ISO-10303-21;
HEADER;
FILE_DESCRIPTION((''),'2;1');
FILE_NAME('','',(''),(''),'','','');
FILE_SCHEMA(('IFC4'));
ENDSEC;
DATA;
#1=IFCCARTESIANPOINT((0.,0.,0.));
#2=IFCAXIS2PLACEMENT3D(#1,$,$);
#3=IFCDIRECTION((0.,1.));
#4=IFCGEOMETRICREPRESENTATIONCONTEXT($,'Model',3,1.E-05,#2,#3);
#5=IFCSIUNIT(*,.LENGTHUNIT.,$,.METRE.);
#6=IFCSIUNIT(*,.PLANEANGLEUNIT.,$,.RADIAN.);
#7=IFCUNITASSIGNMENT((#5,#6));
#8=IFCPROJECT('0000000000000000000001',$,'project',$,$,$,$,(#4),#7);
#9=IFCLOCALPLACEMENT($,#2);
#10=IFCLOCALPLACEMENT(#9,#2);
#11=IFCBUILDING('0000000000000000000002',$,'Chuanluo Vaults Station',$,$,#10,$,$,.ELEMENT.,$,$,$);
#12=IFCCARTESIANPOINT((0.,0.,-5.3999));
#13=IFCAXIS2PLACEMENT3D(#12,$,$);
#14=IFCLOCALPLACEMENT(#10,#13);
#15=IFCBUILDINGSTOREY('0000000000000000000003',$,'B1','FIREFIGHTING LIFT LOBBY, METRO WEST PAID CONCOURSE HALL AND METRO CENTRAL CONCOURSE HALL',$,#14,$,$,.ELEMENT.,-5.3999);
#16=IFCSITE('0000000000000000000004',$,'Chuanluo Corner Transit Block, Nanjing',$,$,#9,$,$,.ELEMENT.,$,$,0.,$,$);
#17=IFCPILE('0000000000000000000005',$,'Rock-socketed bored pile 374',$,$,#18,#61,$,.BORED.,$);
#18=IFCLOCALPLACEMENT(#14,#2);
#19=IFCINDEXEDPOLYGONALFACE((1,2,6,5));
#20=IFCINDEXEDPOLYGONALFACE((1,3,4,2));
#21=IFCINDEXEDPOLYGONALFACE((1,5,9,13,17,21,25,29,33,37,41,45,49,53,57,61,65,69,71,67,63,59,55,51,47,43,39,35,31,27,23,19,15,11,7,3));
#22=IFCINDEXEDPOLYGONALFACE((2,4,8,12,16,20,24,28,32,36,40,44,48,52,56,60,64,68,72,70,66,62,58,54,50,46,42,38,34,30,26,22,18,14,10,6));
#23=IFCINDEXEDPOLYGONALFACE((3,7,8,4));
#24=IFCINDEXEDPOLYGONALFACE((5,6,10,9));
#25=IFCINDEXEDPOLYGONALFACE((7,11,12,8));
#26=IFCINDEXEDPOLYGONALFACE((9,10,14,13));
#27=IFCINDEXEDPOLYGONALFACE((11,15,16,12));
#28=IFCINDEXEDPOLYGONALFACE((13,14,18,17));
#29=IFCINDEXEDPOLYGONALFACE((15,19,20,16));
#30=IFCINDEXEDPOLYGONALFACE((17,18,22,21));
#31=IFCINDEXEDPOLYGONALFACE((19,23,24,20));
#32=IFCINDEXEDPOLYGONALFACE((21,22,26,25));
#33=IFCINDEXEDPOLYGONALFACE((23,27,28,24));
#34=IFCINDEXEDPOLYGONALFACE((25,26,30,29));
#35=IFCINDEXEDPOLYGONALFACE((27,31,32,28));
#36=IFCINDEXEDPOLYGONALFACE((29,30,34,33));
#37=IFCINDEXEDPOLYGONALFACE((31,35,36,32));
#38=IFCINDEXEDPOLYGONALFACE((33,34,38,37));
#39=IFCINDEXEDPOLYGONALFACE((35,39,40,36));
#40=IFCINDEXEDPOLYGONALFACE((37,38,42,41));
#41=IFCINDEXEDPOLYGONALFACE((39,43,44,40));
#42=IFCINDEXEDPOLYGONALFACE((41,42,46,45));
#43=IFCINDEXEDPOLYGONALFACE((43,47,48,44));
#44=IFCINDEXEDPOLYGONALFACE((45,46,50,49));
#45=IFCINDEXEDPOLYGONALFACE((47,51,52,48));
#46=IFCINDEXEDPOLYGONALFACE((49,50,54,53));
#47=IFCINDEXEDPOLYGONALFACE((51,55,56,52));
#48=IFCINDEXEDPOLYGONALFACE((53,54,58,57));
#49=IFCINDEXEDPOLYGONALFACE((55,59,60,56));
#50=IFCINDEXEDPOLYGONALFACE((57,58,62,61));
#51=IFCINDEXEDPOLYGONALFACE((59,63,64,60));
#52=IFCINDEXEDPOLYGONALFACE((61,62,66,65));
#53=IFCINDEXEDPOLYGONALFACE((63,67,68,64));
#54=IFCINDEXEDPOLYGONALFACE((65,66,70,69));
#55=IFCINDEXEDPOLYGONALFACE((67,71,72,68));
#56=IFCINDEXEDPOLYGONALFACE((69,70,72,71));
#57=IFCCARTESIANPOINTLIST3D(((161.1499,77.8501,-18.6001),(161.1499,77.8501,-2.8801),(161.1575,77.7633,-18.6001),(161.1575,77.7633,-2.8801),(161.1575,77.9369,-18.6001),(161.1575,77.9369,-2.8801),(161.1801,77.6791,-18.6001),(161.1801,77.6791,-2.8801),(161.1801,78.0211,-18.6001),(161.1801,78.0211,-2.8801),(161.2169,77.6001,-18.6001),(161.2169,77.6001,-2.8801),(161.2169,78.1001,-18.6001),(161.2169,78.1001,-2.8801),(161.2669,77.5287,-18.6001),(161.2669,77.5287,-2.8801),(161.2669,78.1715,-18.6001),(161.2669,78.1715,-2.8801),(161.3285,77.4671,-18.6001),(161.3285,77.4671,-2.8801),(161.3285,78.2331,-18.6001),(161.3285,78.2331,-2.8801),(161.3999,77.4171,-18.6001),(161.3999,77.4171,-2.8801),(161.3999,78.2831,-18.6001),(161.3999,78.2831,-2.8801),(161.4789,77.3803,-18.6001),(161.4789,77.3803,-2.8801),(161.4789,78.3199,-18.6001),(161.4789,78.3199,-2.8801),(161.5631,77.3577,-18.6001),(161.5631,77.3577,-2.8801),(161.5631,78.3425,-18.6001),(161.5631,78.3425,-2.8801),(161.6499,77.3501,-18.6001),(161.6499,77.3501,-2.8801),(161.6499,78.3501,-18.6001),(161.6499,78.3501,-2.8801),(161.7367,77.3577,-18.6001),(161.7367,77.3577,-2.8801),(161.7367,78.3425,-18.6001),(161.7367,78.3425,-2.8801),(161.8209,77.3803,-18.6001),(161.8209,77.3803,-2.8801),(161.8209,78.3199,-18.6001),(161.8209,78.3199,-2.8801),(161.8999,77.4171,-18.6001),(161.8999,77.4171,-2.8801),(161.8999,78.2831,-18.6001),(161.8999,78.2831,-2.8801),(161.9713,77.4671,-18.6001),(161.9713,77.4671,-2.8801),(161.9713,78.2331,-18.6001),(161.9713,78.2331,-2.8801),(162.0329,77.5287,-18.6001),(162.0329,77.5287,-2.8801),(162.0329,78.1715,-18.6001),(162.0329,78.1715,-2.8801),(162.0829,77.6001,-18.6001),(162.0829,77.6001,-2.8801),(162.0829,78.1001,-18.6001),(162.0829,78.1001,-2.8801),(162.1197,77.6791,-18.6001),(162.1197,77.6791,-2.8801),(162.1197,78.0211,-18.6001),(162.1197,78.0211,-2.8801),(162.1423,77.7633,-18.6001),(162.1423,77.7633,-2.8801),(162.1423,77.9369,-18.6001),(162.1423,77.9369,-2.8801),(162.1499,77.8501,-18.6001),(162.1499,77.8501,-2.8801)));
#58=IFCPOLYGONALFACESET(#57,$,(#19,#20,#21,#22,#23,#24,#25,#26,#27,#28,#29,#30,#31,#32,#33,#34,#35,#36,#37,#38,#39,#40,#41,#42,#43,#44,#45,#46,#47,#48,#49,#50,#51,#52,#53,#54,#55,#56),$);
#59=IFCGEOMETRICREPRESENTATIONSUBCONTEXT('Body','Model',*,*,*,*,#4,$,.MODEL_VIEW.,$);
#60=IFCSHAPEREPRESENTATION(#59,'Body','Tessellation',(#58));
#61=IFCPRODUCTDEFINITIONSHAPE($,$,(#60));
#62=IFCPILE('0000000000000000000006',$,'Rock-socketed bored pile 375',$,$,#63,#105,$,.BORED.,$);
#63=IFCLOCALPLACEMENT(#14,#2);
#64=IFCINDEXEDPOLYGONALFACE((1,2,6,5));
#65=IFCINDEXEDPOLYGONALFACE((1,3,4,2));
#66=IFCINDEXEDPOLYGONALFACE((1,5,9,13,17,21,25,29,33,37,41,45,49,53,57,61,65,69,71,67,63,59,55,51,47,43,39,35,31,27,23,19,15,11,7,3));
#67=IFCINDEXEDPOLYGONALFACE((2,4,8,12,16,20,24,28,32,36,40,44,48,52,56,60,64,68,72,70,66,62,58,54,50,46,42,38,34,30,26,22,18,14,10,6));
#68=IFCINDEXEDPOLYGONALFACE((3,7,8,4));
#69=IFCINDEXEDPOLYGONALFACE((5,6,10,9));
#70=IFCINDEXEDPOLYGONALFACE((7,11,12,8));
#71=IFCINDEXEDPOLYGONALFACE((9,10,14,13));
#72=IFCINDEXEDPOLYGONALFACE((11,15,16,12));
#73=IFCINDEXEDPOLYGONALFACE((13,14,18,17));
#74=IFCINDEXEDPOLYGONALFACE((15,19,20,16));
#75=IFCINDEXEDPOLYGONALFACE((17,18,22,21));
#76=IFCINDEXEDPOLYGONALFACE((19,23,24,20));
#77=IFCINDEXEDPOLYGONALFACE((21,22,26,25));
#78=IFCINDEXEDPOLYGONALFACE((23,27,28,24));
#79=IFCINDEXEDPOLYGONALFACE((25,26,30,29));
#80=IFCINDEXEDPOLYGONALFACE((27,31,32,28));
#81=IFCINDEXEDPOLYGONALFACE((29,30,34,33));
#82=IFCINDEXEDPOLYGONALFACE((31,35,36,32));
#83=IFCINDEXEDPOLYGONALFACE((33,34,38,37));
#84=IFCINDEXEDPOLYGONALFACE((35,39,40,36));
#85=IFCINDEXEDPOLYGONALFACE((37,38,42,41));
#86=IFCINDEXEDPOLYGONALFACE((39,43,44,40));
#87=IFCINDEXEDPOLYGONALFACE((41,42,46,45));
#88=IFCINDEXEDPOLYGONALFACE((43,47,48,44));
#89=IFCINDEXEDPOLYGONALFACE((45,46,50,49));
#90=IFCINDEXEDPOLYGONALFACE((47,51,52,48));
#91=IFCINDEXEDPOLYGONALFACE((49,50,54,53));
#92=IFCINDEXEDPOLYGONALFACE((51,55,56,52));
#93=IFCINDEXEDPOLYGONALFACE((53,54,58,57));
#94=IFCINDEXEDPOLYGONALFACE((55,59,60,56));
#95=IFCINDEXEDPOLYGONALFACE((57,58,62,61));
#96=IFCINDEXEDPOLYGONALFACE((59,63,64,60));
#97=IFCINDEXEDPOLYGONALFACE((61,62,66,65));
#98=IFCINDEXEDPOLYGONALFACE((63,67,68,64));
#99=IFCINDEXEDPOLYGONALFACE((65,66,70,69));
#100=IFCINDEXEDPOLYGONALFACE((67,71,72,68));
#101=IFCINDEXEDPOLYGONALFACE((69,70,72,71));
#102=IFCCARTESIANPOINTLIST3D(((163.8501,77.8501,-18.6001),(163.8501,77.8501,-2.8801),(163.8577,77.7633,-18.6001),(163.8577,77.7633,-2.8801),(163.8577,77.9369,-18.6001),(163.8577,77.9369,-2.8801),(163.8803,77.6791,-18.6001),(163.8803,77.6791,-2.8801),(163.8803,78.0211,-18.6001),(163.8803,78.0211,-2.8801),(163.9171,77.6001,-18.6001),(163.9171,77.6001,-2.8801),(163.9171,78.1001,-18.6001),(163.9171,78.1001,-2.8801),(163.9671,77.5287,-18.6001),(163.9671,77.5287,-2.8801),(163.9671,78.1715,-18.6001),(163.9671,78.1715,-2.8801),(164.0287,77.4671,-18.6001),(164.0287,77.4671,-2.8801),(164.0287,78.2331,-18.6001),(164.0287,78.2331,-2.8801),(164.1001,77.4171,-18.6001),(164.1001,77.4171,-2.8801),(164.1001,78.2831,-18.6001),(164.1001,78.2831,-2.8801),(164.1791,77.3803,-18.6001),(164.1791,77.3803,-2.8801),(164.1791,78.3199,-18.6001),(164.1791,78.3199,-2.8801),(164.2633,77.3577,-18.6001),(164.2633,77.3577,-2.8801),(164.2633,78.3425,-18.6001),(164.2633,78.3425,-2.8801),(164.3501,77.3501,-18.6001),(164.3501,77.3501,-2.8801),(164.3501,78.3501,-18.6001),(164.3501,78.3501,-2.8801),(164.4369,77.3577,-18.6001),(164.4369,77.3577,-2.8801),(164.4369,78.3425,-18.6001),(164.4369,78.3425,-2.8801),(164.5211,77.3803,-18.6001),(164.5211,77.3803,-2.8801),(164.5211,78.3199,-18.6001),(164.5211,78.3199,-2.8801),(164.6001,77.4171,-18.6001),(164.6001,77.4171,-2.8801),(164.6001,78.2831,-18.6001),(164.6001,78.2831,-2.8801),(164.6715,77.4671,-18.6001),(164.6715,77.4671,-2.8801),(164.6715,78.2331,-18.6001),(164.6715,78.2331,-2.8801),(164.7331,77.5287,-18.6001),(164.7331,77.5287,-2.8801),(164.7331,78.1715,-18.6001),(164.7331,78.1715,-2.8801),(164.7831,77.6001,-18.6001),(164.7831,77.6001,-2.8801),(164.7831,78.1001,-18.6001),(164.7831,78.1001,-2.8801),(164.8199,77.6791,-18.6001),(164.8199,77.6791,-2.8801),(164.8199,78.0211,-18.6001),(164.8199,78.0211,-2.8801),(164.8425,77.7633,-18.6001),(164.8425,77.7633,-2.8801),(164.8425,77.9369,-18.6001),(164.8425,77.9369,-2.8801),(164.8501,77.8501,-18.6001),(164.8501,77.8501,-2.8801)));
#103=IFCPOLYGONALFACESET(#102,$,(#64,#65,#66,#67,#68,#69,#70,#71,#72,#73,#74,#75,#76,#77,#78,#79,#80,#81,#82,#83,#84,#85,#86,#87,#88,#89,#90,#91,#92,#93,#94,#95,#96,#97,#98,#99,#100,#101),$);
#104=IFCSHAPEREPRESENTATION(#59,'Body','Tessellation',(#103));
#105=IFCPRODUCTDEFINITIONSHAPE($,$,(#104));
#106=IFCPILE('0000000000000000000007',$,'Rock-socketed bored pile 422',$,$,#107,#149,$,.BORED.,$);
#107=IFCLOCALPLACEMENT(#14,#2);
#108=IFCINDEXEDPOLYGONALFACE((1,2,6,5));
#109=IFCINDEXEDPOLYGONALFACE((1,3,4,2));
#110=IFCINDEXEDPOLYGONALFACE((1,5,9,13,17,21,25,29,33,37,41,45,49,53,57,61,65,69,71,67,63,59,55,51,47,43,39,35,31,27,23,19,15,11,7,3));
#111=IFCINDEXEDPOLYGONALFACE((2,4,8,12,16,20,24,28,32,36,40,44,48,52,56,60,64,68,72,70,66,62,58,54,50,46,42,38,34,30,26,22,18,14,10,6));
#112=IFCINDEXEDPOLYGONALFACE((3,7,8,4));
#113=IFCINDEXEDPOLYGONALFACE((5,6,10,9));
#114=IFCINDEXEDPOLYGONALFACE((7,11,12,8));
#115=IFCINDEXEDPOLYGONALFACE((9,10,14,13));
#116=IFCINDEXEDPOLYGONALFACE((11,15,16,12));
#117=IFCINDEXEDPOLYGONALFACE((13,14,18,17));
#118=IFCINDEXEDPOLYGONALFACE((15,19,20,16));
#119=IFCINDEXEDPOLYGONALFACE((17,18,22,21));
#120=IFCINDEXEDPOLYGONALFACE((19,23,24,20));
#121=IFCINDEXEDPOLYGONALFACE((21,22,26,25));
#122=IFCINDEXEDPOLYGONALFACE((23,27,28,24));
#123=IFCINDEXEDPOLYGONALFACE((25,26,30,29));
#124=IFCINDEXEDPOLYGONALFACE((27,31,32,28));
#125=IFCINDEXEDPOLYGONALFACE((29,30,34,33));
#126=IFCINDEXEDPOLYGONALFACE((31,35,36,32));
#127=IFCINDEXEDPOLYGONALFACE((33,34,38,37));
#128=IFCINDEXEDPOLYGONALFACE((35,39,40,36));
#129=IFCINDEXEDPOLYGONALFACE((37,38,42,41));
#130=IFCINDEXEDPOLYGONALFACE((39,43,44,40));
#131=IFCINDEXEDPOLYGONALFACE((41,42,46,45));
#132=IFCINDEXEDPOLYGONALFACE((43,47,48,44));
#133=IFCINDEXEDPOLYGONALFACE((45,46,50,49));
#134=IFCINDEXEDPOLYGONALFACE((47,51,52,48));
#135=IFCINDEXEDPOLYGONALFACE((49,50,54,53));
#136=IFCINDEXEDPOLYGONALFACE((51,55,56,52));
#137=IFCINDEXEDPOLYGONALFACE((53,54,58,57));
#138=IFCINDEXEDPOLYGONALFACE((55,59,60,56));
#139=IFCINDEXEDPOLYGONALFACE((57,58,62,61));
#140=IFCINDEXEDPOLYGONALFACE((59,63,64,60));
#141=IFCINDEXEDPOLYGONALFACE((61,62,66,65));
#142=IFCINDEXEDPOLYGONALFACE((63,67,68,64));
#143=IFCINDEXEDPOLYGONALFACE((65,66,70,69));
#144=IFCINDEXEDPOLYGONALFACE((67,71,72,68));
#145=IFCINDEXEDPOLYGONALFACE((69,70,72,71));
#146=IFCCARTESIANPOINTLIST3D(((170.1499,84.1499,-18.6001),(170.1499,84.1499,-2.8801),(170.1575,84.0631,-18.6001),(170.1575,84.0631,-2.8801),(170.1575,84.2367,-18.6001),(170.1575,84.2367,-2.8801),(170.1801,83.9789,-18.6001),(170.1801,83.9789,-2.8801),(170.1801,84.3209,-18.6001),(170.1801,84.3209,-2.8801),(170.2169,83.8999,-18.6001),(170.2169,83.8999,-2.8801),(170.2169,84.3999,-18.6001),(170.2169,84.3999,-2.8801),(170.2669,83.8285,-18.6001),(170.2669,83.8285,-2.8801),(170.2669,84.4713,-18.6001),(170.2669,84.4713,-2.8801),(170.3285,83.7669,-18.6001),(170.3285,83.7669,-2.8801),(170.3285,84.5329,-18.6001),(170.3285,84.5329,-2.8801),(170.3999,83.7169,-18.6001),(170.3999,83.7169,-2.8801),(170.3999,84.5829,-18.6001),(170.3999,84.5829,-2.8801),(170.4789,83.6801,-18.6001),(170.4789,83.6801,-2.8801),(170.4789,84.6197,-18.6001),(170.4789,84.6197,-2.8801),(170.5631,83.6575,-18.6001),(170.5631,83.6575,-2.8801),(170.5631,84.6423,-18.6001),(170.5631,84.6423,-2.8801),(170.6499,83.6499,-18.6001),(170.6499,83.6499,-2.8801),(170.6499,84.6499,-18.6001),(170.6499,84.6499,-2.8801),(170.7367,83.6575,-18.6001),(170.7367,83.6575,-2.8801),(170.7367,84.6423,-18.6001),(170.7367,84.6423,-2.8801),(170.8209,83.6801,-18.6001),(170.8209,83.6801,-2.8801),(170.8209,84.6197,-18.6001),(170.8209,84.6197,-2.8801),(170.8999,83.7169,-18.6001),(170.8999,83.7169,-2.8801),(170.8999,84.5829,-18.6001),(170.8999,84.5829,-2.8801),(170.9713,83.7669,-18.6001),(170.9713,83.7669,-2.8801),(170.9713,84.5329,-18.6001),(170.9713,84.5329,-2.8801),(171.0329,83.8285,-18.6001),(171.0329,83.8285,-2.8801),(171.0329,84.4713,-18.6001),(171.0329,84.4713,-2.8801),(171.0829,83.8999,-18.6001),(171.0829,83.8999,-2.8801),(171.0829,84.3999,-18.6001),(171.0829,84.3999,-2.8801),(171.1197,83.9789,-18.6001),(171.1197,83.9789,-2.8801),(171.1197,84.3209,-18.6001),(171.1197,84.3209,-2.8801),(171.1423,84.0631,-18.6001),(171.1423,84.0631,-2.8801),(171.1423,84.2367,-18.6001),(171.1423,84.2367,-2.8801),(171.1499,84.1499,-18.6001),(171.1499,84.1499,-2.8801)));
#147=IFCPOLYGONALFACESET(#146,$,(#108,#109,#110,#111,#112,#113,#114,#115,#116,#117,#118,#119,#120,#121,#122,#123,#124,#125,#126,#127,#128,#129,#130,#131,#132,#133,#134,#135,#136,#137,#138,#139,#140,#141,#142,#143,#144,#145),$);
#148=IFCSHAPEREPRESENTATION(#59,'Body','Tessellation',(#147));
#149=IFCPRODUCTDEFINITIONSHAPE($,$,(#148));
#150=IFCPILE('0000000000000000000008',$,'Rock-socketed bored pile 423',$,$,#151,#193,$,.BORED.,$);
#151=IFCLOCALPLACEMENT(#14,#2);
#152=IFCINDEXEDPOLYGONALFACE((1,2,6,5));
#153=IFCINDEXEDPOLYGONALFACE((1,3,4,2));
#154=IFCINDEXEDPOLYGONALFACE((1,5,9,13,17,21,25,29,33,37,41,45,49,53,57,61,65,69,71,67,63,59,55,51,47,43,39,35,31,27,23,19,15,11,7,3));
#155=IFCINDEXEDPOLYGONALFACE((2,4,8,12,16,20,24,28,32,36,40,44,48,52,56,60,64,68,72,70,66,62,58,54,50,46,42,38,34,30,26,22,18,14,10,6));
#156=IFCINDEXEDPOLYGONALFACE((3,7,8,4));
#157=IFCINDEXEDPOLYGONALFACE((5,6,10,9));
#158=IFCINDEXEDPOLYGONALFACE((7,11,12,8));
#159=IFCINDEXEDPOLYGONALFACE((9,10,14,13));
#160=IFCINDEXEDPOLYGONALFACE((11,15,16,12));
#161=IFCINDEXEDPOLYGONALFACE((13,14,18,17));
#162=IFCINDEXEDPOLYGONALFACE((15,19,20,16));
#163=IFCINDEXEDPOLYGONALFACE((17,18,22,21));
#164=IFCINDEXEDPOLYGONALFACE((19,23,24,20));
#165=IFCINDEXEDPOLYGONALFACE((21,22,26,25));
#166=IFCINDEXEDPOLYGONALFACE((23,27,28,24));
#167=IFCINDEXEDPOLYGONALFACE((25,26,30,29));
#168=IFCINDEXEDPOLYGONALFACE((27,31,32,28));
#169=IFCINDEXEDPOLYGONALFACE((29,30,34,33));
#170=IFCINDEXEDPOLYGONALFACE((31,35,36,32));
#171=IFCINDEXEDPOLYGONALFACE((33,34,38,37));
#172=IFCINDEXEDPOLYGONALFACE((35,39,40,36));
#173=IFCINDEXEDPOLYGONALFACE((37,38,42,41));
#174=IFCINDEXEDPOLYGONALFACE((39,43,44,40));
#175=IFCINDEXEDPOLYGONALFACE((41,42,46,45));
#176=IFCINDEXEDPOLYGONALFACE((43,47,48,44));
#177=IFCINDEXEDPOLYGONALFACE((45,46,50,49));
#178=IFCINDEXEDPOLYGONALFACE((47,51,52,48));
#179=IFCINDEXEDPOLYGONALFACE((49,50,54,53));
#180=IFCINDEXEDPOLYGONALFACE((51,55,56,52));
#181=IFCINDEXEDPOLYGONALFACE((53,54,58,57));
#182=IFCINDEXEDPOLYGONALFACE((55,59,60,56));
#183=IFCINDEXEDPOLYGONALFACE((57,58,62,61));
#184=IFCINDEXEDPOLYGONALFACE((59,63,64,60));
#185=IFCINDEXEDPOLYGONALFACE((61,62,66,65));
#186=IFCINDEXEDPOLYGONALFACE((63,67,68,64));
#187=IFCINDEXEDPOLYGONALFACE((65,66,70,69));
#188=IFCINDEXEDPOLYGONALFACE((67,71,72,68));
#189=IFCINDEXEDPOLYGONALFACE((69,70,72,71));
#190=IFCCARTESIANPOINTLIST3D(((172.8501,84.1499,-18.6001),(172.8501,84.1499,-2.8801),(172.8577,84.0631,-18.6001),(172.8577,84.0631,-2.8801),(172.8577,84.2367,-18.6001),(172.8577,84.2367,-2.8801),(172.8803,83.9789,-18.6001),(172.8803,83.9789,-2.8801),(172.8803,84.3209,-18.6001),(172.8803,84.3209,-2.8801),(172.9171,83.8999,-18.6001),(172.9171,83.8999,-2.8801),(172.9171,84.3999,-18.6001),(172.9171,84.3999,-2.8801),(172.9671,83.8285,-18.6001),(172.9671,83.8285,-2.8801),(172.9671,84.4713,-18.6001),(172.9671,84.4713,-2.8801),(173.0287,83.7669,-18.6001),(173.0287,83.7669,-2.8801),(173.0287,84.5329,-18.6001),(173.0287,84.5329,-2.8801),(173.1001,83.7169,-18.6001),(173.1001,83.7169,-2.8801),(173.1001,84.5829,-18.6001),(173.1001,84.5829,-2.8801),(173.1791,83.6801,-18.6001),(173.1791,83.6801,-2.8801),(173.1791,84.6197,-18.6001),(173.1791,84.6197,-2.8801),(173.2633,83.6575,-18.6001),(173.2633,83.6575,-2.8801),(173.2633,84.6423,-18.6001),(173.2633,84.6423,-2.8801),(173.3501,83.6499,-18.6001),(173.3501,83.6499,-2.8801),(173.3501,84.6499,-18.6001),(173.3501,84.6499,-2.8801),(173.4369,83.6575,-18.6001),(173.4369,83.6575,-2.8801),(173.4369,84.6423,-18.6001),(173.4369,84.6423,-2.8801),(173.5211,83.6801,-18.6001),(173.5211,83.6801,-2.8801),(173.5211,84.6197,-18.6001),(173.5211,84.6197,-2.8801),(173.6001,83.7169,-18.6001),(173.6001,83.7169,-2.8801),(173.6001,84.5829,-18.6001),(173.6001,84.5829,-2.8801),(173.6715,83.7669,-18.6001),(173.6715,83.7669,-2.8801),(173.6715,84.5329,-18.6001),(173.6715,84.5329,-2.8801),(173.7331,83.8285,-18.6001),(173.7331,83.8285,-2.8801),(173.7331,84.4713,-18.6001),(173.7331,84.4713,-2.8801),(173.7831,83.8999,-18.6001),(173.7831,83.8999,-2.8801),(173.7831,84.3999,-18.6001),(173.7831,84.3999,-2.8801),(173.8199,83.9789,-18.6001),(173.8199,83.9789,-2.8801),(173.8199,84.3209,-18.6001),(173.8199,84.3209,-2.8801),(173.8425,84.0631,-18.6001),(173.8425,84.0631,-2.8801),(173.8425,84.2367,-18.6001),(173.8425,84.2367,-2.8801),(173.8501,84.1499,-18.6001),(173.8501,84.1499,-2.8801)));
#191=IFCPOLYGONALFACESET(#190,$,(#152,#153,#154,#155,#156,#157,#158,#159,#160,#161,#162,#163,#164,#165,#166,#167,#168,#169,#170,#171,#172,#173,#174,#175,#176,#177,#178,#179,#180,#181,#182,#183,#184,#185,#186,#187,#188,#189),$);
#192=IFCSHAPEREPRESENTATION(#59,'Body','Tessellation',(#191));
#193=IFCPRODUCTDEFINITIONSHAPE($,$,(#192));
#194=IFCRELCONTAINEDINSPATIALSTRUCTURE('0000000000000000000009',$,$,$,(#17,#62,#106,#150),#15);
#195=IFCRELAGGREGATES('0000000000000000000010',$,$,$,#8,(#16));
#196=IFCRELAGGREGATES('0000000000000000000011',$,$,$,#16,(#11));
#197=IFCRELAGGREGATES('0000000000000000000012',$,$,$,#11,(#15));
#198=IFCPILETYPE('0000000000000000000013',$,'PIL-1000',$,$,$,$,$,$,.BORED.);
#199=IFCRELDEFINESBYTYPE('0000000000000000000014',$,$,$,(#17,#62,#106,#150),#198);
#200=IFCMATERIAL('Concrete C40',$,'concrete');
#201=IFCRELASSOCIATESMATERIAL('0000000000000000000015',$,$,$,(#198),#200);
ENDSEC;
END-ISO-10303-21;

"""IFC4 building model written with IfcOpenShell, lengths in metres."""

from ifc_helpers import new_model, si_unit, direction, frame, origin, origin_2d, place, context, subcontext, project, spatial, circle, extrude, material, material_profile, profile_set, type_object, element, save


model = new_model("IFC4")

# Units and contexts
model_context = context("Model", 3, precision=1e-05, world=origin(), true_north=direction((0.0, 1.0)))
body_context = subcontext(model_context, "Body", "Model", "MODEL_VIEW")
ifc_project = project(units=[si_unit("LENGTHUNIT", "METRE"), si_unit("PLANEANGLEUNIT", "RADIAN")], contexts=[model_context])

# Site, building, storey
site_placement = place(None, origin())
site = spatial("IfcSite", under=ifc_project, at=site_placement, Name="Chuanluo Corner Transit Block, Nanjing", CompositionType="ELEMENT", RefElevation=0.0)
building_placement = place(site_placement, origin())
building = spatial("IfcBuilding", under=site, at=building_placement, Name="Chuanluo Vaults Station", CompositionType="ELEMENT")
storey_placement = place(building_placement, frame((0.0, 0.0, -5.3999)))
storey = spatial("IfcBuildingStorey", under=building, at=storey_placement, Name="B1", Description="FIREFIGHTING LIFT LOBBY, METRO WEST PAID CONCOURSE HALL AND METRO CENTRAL CONCOURSE HALL", CompositionType="ELEMENT", Elevation=-5.3999)

# Piles
ifc_material_1 = material(Name="Concrete C40", Category="concrete")
ifc_material_profile_1 = material_profile(ifc_material_1, circle(Radius=0.5, at=origin_2d()))
ifc_profile_set_1 = profile_set([ifc_material_profile_1], Name="Concrete C40")
pile_type_1 = type_object("IfcPileType", Name="PIL-1000", PredefinedType="BORED", material=ifc_profile_set_1)
for number, where, z_axis, x_axis, name in (
    (1, (161.6499, 77.8501, -2.8801), (0.0, 0.0, -1.0), (1.0, 0.0, 0.0), "Rock-socketed bored pile 374"),
    (2, (164.3501, 77.8501, -2.8801), (0.0, 0.0, -1.0), (1.0, 0.0, 0.0), "Rock-socketed bored pile 375"),
    (3, (170.6499, 84.1499, -2.8801), (0.0, 0.0, -1.0), (1.0, 0.0, 0.0), "Rock-socketed bored pile 422"),
    (4, (173.3501, 84.1499, -2.8801), (0.0, 0.0, -1.0), (1.0, 0.0, 0.0), "Rock-socketed bored pile 423"),
):
    element("IfcPile", number, at=place(storey_placement, frame(where, z_axis=z_axis, x_axis=x_axis)), inside=storey, type_object=pile_type_1, Name=name, PredefinedType="BORED", context=body_context, shape_type="SweptSolid", body=[
        extrude(circle(Radius=0.5, at=origin_2d()), origin(), (0.0, 0.0, 1.0), 15.72),
    ])

save(model, "model.ifc")
